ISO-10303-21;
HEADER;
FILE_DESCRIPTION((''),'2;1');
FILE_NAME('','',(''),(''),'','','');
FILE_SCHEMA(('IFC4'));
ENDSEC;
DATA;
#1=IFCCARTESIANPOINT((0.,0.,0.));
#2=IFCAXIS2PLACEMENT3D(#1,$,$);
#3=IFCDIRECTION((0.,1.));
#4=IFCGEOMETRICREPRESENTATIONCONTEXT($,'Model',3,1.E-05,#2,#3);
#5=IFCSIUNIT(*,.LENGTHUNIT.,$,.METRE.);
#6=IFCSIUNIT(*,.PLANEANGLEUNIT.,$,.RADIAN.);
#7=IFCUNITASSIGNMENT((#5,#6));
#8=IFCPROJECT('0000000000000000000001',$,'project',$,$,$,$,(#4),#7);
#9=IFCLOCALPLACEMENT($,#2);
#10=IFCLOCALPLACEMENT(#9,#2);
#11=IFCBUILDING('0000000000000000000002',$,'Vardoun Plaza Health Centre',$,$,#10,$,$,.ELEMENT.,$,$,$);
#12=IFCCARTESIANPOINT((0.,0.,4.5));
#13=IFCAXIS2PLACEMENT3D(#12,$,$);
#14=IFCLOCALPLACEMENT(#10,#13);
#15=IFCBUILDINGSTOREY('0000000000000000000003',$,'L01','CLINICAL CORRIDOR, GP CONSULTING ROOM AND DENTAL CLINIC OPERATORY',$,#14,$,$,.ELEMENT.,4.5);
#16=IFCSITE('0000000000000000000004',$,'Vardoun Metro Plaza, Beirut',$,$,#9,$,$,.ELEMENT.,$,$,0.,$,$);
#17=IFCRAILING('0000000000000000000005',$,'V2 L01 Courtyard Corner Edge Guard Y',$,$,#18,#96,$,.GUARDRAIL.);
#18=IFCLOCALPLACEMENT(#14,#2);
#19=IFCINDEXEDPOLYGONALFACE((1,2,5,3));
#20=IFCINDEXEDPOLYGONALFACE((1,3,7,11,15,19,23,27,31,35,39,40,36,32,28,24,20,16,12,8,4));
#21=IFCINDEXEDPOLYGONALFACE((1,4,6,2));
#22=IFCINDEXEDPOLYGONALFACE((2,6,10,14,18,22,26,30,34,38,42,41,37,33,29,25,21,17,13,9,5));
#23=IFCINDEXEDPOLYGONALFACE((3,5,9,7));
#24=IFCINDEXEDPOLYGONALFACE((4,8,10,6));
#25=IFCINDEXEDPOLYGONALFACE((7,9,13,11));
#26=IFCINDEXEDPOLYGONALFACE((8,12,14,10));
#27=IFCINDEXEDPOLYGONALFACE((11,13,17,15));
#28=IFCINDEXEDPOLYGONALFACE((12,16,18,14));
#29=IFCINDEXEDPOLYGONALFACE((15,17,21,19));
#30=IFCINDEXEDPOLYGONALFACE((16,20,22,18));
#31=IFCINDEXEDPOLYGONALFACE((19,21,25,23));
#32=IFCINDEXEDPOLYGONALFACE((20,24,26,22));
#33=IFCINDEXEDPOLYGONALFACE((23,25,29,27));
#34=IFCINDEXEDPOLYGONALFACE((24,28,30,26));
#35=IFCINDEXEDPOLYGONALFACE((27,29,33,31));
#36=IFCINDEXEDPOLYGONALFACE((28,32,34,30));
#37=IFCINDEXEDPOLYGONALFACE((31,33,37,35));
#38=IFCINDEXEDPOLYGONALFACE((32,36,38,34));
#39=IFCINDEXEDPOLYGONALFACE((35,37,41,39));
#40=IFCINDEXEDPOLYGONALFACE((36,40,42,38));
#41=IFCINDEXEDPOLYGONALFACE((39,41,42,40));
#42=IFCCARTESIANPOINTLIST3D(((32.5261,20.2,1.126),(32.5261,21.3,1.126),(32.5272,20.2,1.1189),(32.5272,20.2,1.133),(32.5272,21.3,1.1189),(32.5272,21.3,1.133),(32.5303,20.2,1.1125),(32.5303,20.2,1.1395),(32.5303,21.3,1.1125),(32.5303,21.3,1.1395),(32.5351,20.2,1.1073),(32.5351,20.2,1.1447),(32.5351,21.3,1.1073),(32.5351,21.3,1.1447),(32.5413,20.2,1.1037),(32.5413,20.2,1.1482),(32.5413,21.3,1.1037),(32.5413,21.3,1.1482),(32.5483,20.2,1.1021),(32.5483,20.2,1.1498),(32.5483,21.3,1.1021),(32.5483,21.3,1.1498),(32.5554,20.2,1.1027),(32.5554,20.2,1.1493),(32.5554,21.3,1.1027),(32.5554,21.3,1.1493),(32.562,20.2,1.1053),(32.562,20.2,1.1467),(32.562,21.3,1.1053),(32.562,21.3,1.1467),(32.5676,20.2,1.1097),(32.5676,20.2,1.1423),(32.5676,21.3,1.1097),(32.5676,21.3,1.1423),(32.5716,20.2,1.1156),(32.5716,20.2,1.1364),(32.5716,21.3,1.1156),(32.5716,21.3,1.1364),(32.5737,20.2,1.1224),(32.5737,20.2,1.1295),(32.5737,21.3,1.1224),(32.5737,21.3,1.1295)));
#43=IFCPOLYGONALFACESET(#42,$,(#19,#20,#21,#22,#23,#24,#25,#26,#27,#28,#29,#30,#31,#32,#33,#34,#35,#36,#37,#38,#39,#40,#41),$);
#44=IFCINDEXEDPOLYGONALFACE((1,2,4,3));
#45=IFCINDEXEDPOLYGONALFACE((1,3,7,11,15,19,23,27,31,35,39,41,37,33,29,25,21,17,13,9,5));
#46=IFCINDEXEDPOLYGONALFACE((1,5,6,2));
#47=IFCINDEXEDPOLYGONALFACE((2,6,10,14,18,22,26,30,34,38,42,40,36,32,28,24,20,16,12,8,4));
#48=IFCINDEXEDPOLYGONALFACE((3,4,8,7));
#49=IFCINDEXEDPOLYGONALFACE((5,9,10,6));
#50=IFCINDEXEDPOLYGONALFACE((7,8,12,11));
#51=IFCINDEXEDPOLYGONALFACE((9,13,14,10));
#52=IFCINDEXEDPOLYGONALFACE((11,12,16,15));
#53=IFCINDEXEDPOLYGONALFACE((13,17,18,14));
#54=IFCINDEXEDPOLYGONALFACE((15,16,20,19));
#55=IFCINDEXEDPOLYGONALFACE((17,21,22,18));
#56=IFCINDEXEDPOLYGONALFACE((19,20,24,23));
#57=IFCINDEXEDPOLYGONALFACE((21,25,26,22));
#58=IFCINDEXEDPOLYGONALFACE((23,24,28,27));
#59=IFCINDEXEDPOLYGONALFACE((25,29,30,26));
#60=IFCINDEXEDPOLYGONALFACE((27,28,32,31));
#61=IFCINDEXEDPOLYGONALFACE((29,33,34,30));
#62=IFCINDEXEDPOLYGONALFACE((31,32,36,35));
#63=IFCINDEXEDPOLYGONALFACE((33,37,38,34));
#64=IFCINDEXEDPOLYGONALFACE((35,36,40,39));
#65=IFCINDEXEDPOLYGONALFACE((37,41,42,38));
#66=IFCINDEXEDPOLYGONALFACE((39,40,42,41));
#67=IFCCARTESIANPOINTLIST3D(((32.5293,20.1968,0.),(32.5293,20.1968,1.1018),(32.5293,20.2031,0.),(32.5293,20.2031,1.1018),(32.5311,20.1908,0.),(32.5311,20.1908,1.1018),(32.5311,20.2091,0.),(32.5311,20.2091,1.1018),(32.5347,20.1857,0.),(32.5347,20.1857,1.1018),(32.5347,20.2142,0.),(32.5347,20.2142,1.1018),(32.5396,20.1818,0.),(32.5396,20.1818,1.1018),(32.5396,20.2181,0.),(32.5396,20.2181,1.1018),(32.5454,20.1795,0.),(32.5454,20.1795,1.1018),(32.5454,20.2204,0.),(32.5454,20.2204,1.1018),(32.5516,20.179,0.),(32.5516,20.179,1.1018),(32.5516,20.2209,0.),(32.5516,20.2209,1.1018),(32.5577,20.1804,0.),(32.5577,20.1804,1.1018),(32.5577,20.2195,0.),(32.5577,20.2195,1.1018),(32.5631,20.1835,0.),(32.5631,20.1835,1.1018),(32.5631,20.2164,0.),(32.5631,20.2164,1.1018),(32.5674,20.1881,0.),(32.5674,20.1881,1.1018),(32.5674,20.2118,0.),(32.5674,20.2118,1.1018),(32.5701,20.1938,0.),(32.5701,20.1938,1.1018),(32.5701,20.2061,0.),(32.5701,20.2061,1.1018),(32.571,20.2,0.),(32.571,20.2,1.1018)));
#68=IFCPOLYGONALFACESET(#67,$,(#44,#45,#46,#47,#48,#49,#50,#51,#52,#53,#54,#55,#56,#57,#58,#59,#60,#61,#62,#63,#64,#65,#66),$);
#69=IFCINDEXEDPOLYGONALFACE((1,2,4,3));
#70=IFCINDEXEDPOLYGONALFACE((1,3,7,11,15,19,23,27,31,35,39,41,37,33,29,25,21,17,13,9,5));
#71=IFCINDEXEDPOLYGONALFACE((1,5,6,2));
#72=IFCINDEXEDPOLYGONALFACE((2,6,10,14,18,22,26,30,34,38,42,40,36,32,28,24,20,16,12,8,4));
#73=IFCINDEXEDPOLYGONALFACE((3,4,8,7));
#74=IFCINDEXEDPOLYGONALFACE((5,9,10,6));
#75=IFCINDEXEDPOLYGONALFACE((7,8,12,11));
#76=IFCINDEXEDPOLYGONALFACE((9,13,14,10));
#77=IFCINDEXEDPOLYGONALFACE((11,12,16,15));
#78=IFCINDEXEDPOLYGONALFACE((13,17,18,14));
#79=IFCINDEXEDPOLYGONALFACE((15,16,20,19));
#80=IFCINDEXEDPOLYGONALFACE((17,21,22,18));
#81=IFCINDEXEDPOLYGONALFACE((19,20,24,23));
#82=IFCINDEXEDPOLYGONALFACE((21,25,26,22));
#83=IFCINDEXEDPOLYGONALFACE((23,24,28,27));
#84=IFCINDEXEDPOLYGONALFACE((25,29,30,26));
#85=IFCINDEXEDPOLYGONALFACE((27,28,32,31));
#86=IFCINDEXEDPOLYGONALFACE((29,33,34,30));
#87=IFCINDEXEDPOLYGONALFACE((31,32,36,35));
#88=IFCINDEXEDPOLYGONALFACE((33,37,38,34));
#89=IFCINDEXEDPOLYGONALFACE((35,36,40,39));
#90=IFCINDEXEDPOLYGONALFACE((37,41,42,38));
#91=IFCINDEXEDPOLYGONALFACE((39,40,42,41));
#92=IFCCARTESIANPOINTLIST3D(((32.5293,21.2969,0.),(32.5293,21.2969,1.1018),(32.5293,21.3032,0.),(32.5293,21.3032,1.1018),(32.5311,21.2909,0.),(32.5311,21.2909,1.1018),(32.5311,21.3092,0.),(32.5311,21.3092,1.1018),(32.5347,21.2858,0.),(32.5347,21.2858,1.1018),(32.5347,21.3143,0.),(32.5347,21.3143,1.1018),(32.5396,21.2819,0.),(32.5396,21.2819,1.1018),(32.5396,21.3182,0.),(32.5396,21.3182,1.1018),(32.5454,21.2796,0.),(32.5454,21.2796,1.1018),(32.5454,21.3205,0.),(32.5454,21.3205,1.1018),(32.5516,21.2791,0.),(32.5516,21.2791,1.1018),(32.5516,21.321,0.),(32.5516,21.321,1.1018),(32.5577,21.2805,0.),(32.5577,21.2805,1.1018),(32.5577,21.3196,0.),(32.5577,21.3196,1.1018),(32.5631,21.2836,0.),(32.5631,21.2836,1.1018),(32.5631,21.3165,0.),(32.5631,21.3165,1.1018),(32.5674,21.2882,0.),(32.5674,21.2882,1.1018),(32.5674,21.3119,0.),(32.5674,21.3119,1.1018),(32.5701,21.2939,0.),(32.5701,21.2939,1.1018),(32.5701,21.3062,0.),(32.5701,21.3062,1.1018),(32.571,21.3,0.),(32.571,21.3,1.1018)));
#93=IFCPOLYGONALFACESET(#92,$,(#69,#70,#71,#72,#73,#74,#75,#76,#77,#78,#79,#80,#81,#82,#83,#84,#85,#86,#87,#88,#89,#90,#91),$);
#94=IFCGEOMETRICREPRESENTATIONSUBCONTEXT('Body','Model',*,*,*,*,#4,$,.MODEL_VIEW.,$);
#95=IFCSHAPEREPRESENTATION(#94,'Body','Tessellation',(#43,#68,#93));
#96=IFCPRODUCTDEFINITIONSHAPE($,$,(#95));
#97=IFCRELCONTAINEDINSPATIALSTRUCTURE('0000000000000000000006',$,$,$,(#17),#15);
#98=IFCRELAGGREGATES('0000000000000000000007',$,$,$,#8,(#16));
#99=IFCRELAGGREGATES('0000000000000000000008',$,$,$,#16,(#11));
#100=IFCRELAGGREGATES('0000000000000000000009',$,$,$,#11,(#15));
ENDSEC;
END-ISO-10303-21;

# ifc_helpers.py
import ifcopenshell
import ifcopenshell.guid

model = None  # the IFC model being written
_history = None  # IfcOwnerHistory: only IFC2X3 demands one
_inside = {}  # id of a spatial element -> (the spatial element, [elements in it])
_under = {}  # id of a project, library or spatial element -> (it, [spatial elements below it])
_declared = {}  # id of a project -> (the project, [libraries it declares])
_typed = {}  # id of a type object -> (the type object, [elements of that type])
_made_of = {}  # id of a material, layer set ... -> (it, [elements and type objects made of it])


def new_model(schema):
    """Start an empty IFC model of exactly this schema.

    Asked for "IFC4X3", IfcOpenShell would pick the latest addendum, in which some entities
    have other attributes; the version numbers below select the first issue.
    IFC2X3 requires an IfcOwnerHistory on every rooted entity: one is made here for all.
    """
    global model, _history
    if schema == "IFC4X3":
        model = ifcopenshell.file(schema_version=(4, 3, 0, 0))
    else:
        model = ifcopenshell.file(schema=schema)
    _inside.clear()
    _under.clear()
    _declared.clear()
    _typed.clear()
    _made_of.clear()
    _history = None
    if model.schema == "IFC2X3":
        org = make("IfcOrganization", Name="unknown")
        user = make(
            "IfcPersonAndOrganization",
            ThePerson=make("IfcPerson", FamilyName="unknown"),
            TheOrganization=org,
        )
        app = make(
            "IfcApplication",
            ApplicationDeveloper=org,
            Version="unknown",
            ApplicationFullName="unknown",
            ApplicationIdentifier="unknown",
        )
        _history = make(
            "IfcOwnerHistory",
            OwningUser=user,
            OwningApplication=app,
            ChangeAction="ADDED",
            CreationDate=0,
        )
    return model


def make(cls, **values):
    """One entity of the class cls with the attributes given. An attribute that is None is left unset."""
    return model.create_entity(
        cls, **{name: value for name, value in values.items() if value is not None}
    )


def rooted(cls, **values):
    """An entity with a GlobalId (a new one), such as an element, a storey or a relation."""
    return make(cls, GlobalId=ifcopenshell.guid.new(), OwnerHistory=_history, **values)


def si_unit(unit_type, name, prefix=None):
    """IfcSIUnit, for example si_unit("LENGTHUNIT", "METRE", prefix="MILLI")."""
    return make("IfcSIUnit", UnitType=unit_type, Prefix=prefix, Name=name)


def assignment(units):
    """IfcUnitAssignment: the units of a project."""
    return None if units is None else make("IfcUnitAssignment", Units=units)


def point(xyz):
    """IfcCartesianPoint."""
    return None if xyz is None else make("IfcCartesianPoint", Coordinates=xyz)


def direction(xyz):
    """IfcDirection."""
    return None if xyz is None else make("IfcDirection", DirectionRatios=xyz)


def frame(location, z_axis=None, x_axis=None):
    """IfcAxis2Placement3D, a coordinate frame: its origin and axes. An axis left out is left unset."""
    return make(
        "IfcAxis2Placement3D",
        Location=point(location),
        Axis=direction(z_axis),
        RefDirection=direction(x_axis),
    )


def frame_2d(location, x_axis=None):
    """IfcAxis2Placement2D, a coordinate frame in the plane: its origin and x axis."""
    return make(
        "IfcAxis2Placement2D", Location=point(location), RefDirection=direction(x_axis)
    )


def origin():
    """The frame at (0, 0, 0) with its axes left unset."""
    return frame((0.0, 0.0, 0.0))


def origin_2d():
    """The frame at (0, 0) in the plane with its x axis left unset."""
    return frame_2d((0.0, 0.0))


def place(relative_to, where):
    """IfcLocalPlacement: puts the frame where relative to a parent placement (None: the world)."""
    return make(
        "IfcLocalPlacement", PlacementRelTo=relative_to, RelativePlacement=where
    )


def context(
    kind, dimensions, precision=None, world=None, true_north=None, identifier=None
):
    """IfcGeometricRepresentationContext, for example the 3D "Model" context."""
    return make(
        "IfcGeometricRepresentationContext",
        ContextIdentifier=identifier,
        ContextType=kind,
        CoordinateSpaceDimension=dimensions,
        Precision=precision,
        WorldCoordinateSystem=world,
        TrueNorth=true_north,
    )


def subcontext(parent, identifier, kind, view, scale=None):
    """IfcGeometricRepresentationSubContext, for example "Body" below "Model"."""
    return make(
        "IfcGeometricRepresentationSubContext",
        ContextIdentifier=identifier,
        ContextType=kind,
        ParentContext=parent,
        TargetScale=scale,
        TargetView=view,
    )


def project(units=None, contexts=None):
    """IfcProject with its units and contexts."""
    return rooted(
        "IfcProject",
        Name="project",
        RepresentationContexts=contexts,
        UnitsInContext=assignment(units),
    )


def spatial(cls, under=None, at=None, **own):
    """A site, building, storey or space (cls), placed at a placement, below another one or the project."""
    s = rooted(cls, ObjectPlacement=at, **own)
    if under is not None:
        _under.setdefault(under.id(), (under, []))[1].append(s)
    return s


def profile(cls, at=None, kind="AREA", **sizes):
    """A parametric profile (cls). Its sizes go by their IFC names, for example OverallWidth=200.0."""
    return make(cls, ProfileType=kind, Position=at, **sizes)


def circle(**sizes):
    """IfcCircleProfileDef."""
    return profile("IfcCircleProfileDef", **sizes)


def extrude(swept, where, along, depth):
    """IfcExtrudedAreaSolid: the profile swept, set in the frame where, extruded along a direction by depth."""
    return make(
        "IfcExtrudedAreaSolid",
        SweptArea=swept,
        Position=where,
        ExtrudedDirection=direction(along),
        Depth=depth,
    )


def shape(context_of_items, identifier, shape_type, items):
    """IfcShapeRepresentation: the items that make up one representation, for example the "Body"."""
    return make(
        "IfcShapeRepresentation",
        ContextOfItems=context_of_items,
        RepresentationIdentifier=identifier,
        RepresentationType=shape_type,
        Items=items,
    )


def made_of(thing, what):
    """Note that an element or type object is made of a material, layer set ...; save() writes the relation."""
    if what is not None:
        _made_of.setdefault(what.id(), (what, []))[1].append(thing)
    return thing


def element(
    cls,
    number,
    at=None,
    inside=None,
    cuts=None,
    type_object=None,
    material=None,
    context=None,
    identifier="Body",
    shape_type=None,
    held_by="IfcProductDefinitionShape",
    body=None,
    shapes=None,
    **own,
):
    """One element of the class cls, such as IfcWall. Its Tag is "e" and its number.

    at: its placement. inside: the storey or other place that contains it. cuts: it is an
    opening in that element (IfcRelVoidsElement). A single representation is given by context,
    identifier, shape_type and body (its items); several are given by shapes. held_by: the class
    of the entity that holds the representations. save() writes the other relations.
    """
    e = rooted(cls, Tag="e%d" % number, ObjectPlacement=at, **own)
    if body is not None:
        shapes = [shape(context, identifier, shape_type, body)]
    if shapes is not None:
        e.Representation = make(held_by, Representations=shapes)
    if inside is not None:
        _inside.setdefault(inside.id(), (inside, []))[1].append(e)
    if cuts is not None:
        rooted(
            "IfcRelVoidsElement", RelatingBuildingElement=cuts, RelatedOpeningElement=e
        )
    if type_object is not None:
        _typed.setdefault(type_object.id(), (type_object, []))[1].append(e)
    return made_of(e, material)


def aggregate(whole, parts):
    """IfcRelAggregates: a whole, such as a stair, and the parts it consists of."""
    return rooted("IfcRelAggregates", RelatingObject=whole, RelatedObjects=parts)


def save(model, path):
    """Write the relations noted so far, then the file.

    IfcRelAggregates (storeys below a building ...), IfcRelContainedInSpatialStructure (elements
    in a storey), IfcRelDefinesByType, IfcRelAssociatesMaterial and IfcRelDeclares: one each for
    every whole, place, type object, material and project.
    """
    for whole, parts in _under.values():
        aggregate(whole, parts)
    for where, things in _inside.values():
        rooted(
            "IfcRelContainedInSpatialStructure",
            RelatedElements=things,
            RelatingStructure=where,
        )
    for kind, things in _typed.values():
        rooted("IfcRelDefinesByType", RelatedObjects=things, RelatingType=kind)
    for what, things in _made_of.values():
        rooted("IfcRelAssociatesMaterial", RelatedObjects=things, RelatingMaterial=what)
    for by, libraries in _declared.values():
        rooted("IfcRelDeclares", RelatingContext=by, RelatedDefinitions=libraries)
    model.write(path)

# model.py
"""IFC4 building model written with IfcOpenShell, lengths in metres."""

from ifc_helpers import new_model, si_unit, direction, frame, origin, origin_2d, place, context, subcontext, project, spatial, circle, extrude, element, save


model = new_model("IFC4")

# Units and contexts
model_context = context("Model", 3, precision=1e-05, world=origin(), true_north=direction((0.0, 1.0)))
body_context = subcontext(model_context, "Body", "Model", "MODEL_VIEW")
ifc_project = project(units=[si_unit("LENGTHUNIT", "METRE"), si_unit("PLANEANGLEUNIT", "RADIAN")], contexts=[model_context])

# Site, building, storey
site_placement = place(None, origin())
site = spatial("IfcSite", under=ifc_project, at=site_placement, Name="Vardoun Metro Plaza, Beirut", CompositionType="ELEMENT", RefElevation=0.0)
building_placement = place(site_placement, origin())
building = spatial("IfcBuilding", under=site, at=building_placement, Name="Vardoun Plaza Health Centre", CompositionType="ELEMENT")
storey_placement = place(building_placement, frame((0.0, 0.0, 4.5)))
storey = spatial("IfcBuildingStorey", under=building, at=storey_placement, Name="L01", Description="CLINICAL CORRIDOR, GP CONSULTING ROOM AND DENTAL CLINIC OPERATORY", CompositionType="ELEMENT", Elevation=4.5)

# Railing
railing_1_placement = place(storey_placement, frame((32.55, 20.2, 0.0)))
element("IfcRailing", 1, at=railing_1_placement, inside=storey, Name="V2 L01 Courtyard Corner Edge Guard Y", PredefinedType="GUARDRAIL", context=body_context, shape_type="SweptSolid", body=[
    extrude(circle(Radius=0.0239, at=origin_2d()), frame((0.0, 0.0, 1.126), z_axis=(0.0, 1.0, 0.0), x_axis=(-1.0, 0.0, 0.0)), (0.0, 0.0, 1.0), 1.1001),
    extrude(circle(Radius=0.021, at=origin_2d()), origin(), (0.0, 0.0, 1.0), 1.1018),
    extrude(circle(Radius=0.021, at=origin_2d()), frame((0.0, 1.1001, 0.0)), (0.0, 0.0, 1.0), 1.1018),
])

save(model, "model.ifc")
